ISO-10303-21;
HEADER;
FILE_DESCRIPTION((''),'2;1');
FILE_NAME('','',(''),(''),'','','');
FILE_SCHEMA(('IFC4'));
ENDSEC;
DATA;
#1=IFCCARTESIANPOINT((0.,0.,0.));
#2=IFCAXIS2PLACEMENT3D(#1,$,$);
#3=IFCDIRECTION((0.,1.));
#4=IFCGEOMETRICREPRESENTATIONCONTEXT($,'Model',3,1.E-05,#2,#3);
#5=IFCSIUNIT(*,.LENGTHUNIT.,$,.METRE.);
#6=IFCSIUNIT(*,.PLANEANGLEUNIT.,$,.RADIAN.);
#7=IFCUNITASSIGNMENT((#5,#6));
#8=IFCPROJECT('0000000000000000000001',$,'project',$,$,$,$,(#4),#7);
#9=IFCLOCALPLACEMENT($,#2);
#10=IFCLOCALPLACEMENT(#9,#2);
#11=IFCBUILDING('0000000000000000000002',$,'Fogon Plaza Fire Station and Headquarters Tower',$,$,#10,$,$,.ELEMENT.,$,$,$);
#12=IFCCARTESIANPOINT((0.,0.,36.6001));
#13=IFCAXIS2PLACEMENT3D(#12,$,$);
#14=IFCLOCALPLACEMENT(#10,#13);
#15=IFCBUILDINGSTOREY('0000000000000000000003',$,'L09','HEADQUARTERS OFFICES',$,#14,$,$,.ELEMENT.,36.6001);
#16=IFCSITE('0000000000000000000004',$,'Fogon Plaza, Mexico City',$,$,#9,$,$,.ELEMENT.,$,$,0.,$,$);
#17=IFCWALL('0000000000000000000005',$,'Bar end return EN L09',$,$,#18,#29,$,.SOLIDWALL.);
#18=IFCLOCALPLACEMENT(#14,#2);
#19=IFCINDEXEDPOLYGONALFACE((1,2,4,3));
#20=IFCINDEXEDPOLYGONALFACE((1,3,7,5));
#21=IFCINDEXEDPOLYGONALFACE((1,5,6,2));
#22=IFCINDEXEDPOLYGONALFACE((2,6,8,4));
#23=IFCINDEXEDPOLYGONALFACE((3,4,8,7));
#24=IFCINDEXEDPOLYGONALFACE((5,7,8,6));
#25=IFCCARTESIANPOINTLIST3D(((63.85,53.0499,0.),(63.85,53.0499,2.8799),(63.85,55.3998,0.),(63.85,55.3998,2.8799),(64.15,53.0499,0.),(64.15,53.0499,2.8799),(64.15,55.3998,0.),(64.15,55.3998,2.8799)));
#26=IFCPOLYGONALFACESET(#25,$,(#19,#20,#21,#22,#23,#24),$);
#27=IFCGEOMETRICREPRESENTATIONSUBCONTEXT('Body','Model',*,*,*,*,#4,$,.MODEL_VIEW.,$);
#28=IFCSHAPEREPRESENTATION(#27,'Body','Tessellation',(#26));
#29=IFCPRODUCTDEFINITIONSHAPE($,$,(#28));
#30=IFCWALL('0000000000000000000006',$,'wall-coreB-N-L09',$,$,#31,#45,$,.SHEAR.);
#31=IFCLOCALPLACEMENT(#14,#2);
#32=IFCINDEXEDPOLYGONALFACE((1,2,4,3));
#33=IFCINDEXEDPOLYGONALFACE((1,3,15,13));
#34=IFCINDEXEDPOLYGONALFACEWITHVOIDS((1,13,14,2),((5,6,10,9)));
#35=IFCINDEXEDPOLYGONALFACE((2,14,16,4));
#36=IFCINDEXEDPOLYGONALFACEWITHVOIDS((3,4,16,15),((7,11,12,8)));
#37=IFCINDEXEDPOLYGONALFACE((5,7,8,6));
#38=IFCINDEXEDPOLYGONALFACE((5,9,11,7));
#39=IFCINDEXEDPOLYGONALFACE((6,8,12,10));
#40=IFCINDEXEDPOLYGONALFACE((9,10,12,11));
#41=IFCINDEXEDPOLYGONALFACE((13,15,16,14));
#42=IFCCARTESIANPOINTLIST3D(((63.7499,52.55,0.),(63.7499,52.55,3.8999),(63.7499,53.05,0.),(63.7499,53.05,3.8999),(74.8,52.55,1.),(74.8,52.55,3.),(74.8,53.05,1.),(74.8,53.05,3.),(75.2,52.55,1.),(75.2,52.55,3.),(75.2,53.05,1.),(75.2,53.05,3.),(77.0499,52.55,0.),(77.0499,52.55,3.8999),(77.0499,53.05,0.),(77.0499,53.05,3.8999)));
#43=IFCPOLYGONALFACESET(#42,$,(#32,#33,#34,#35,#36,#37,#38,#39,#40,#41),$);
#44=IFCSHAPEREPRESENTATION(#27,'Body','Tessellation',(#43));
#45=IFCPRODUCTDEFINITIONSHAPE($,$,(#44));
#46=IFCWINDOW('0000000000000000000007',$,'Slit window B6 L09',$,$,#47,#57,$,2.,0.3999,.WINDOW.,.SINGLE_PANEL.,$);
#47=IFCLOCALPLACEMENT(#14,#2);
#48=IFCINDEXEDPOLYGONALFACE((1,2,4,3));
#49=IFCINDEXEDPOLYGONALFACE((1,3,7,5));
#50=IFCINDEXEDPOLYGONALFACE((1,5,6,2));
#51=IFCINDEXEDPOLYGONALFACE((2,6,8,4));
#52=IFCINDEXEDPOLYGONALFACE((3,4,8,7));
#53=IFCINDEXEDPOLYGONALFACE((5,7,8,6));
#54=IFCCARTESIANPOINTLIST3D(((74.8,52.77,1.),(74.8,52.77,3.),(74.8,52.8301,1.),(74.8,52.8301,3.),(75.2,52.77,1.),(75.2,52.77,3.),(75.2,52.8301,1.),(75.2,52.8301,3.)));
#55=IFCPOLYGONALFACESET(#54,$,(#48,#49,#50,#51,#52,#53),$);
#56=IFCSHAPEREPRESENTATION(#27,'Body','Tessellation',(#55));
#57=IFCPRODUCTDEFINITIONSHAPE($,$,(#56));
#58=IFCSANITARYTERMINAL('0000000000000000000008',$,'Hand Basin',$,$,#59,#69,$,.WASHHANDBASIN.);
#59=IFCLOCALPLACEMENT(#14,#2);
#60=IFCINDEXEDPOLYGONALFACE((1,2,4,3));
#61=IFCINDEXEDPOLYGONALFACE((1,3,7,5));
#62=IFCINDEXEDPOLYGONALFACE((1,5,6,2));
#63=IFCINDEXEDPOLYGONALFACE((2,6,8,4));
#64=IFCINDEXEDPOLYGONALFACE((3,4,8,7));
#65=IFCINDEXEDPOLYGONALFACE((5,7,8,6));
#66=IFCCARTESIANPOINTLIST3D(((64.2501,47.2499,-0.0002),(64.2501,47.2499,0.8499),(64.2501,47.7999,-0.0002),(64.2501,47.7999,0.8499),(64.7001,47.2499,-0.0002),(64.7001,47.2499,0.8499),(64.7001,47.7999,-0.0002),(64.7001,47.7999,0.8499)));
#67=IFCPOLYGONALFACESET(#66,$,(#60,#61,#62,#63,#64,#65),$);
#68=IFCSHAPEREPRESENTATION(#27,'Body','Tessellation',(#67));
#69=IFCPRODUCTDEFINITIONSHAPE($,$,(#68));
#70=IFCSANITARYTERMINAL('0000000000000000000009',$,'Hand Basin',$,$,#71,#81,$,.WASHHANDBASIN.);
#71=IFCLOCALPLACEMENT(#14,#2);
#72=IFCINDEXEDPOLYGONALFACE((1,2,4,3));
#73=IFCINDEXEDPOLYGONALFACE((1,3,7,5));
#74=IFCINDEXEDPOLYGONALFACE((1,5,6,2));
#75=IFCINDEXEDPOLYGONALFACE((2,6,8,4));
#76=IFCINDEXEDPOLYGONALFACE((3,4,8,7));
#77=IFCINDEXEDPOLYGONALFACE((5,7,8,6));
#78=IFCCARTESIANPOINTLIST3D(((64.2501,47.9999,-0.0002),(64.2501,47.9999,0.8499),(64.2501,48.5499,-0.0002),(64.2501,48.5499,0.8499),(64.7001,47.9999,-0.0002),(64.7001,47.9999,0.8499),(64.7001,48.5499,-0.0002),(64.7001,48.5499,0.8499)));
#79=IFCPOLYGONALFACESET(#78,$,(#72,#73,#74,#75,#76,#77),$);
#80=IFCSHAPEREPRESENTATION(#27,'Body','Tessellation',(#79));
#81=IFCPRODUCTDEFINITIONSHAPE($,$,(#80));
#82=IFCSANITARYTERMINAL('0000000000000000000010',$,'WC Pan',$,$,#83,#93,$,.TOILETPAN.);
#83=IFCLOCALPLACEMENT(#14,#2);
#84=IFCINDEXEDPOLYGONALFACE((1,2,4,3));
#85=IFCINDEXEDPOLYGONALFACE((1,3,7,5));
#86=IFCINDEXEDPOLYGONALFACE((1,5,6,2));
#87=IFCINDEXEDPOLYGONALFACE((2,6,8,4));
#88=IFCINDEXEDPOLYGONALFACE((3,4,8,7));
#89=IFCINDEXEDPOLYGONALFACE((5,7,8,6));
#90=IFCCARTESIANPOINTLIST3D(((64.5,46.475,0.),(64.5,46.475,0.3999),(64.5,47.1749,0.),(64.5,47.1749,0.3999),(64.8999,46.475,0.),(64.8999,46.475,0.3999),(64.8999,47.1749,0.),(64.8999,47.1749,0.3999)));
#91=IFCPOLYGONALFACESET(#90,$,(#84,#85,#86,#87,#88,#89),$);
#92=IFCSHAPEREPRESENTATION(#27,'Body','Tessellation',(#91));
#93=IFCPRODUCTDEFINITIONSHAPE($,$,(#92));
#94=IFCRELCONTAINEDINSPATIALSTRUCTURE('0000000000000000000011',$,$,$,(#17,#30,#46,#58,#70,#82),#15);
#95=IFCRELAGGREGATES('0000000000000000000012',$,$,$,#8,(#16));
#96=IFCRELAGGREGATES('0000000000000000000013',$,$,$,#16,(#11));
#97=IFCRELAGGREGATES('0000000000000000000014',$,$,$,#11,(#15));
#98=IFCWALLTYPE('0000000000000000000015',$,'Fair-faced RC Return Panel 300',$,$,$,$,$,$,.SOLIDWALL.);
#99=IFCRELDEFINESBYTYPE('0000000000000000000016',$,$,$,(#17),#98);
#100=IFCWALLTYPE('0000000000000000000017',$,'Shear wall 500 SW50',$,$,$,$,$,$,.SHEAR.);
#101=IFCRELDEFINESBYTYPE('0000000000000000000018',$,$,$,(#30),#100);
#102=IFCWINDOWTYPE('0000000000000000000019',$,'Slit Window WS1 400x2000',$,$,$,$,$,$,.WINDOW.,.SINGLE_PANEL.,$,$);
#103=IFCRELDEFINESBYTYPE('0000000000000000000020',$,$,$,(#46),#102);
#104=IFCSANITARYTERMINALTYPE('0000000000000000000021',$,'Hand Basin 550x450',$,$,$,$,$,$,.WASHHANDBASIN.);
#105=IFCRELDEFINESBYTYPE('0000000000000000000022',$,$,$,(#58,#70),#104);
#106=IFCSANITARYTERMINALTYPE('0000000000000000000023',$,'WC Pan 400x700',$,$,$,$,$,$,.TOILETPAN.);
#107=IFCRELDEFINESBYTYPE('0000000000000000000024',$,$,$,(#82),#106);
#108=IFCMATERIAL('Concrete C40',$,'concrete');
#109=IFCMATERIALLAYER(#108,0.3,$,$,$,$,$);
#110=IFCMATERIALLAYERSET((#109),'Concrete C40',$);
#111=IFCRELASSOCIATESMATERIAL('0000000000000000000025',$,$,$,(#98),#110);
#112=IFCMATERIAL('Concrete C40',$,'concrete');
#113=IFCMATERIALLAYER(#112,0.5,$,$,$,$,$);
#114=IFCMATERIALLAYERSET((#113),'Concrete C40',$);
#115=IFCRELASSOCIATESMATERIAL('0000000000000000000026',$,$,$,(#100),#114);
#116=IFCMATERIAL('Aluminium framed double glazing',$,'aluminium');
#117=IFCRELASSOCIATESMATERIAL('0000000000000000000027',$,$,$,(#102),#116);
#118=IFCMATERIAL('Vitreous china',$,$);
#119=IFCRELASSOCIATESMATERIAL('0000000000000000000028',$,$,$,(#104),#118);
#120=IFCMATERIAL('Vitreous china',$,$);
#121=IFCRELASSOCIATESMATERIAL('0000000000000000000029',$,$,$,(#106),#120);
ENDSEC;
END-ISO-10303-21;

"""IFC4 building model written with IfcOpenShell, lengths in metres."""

from ifc_helpers import new_model, si_unit, direction, frame, frame_2d, origin, origin_2d, place, context, subcontext, project, spatial, rectangle, extrude, material, layer, layer_set, type_object, element, fill, save


model = new_model("IFC4")

# Units and contexts
model_context = context("Model", 3, precision=1e-05, world=origin(), true_north=direction((0.0, 1.0)))
body_context = subcontext(model_context, "Body", "Model", "MODEL_VIEW")
ifc_project = project(units=[si_unit("LENGTHUNIT", "METRE"), si_unit("PLANEANGLEUNIT", "RADIAN")], contexts=[model_context])

# Site, building, storey
site_placement = place(None, origin())
site = spatial("IfcSite", under=ifc_project, at=site_placement, Name="Fogon Plaza, Mexico City", CompositionType="ELEMENT", RefElevation=0.0)
building_placement = place(site_placement, origin())
building = spatial("IfcBuilding", under=site, at=building_placement, Name="Fogon Plaza Fire Station and Headquarters Tower", CompositionType="ELEMENT")
storey_placement = place(building_placement, frame((0.0, 0.0, 36.6001)))
storey = spatial("IfcBuildingStorey", under=building, at=storey_placement, Name="L09", Description="HEADQUARTERS OFFICES", CompositionType="ELEMENT", Elevation=36.6001)

# Wall
ifc_material_1 = material(Name="Concrete C40", Category="concrete")
ifc_layer_1 = layer(ifc_material_1, 0.3)
ifc_layer_set_1 = layer_set([ifc_layer_1], Name="Concrete C40")
wall_type_1 = type_object("IfcWallType", Name="Fair-faced RC Return Panel 300", PredefinedType="SOLIDWALL", material=ifc_layer_set_1)
wall_1_placement = place(storey_placement, frame((64.0, 53.05, 0.0), z_axis=(0.0, 0.0, 1.0), x_axis=(0.0, 1.0, 0.0)))
element("IfcWall", 1, at=wall_1_placement, inside=storey, type_object=wall_type_1, Name="Bar end return EN L09", PredefinedType="SOLIDWALL", context=body_context, shape_type="SweptSolid", body=[
    extrude(rectangle(XDim=2.3499, YDim=0.3, at=frame_2d((1.1748, 0.0))), origin(), (0.0, 0.0, 1.0), 2.8799),
])

# Wall, opening, window
ifc_material_2 = material(Name="Concrete C40", Category="concrete")
ifc_layer_2 = layer(ifc_material_2, 0.5)
ifc_layer_set_2 = layer_set([ifc_layer_2], Name="Concrete C40")
wall_type_2 = type_object("IfcWallType", Name="Shear wall 500 SW50", PredefinedType="SHEAR", material=ifc_layer_set_2)
wall_2_placement = place(storey_placement, frame((63.75, 52.8, 0.0), z_axis=(0.0, 0.0, 1.0), x_axis=(1.0, 0.0, 0.0)))
wall_2 = element("IfcWall", 2, at=wall_2_placement, inside=storey, type_object=wall_type_2, Name="wall-coreB-N-L09", PredefinedType="SHEAR", context=body_context, shape_type="SweptSolid", body=[
    extrude(rectangle(XDim=13.3, YDim=0.5, at=frame_2d((6.6499, 0.0))), origin(), (0.0, 0.0, 1.0), 3.8999),
])
opening_placement = place(wall_2_placement, frame((11.05, 0.0, 1.0)))
opening = element("IfcOpeningElement", 3, at=opening_placement, cuts=wall_2, PredefinedType="OPENING", context=body_context, shape_type="SweptSolid", body=[
    extrude(rectangle(XDim=0.3999, YDim=2.0, at=frame_2d((0.2, 1.0))), frame((0.0, 0.26, 0.0), z_axis=(0.0, -1.0, 0.0), x_axis=(1.0, 0.0, 0.0)), (0.0, 0.0, 1.0), 0.52),
])
ifc_material_3 = material(Name="Aluminium framed double glazing", Category="aluminium")
window_type = type_object("IfcWindowType", Name="Slit Window WS1 400x2000", PartitioningType="SINGLE_PANEL", PredefinedType="WINDOW", material=ifc_material_3)
window_placement = place(opening_placement, origin())
window = element("IfcWindow", 4, at=window_placement, inside=storey, type_object=window_type, Name="Slit window B6 L09", OverallHeight=2.0, OverallWidth=0.3999, PartitioningType="SINGLE_PANEL", PredefinedType="WINDOW", context=body_context, shape_type="SweptSolid", body=[
    extrude(rectangle(XDim=0.3999, YDim=2.0, at=frame_2d((0.2, 1.0))), frame((0.0, 0.03, 0.0), z_axis=(0.0, -1.0, 0.0), x_axis=(1.0, 0.0, 0.0)), (0.0, 0.0, 1.0), 0.0601),
])
fill(opening, window)

# Sanitary terminals
ifc_material_4 = material(Name="Vitreous china")
sanitary_terminal_type_1 = type_object("IfcSanitaryTerminalType", Name="Hand Basin 550x450", PredefinedType="WASHHANDBASIN", material=ifc_material_4)
for number, where, z_axis, x_axis, name in (
    (5, (64.4751, 47.5249, -0.0002), (0.0, 0.0, 1.0), (1.0, 0.0, 0.0), "Hand Basin"),
    (6, (64.4751, 48.2749, -0.0002), (0.0, 0.0, 1.0), (1.0, 0.0, 0.0), "Hand Basin"),
):
    element("IfcSanitaryTerminal", number, at=place(storey_placement, frame(where, z_axis=z_axis, x_axis=x_axis)), inside=storey, type_object=sanitary_terminal_type_1, Name=name, PredefinedType="WASHHANDBASIN", context=body_context, shape_type="SweptSolid", body=[
        extrude(rectangle(XDim=0.45, YDim=0.55, at=origin_2d()), origin(), (0.0, 0.0, 1.0), 0.8501),
    ])
ifc_material_5 = material(Name="Vitreous china")
sanitary_terminal_type_2 = type_object("IfcSanitaryTerminalType", Name="WC Pan 400x700", PredefinedType="TOILETPAN", material=ifc_material_5)
sanitary_terminal_placement = place(storey_placement, frame((64.7, 46.825, 0.0), z_axis=(0.0, 0.0, 1.0), x_axis=(1.0, 0.0, 0.0)))
element("IfcSanitaryTerminal", 7, at=sanitary_terminal_placement, inside=storey, type_object=sanitary_terminal_type_2, Name="WC Pan", PredefinedType="TOILETPAN", context=body_context, shape_type="SweptSolid", body=[
    extrude(rectangle(XDim=0.3999, YDim=0.7, at=origin_2d()), origin(), (0.0, 0.0, 1.0), 0.3999),
])

save(model, "model.ifc")
